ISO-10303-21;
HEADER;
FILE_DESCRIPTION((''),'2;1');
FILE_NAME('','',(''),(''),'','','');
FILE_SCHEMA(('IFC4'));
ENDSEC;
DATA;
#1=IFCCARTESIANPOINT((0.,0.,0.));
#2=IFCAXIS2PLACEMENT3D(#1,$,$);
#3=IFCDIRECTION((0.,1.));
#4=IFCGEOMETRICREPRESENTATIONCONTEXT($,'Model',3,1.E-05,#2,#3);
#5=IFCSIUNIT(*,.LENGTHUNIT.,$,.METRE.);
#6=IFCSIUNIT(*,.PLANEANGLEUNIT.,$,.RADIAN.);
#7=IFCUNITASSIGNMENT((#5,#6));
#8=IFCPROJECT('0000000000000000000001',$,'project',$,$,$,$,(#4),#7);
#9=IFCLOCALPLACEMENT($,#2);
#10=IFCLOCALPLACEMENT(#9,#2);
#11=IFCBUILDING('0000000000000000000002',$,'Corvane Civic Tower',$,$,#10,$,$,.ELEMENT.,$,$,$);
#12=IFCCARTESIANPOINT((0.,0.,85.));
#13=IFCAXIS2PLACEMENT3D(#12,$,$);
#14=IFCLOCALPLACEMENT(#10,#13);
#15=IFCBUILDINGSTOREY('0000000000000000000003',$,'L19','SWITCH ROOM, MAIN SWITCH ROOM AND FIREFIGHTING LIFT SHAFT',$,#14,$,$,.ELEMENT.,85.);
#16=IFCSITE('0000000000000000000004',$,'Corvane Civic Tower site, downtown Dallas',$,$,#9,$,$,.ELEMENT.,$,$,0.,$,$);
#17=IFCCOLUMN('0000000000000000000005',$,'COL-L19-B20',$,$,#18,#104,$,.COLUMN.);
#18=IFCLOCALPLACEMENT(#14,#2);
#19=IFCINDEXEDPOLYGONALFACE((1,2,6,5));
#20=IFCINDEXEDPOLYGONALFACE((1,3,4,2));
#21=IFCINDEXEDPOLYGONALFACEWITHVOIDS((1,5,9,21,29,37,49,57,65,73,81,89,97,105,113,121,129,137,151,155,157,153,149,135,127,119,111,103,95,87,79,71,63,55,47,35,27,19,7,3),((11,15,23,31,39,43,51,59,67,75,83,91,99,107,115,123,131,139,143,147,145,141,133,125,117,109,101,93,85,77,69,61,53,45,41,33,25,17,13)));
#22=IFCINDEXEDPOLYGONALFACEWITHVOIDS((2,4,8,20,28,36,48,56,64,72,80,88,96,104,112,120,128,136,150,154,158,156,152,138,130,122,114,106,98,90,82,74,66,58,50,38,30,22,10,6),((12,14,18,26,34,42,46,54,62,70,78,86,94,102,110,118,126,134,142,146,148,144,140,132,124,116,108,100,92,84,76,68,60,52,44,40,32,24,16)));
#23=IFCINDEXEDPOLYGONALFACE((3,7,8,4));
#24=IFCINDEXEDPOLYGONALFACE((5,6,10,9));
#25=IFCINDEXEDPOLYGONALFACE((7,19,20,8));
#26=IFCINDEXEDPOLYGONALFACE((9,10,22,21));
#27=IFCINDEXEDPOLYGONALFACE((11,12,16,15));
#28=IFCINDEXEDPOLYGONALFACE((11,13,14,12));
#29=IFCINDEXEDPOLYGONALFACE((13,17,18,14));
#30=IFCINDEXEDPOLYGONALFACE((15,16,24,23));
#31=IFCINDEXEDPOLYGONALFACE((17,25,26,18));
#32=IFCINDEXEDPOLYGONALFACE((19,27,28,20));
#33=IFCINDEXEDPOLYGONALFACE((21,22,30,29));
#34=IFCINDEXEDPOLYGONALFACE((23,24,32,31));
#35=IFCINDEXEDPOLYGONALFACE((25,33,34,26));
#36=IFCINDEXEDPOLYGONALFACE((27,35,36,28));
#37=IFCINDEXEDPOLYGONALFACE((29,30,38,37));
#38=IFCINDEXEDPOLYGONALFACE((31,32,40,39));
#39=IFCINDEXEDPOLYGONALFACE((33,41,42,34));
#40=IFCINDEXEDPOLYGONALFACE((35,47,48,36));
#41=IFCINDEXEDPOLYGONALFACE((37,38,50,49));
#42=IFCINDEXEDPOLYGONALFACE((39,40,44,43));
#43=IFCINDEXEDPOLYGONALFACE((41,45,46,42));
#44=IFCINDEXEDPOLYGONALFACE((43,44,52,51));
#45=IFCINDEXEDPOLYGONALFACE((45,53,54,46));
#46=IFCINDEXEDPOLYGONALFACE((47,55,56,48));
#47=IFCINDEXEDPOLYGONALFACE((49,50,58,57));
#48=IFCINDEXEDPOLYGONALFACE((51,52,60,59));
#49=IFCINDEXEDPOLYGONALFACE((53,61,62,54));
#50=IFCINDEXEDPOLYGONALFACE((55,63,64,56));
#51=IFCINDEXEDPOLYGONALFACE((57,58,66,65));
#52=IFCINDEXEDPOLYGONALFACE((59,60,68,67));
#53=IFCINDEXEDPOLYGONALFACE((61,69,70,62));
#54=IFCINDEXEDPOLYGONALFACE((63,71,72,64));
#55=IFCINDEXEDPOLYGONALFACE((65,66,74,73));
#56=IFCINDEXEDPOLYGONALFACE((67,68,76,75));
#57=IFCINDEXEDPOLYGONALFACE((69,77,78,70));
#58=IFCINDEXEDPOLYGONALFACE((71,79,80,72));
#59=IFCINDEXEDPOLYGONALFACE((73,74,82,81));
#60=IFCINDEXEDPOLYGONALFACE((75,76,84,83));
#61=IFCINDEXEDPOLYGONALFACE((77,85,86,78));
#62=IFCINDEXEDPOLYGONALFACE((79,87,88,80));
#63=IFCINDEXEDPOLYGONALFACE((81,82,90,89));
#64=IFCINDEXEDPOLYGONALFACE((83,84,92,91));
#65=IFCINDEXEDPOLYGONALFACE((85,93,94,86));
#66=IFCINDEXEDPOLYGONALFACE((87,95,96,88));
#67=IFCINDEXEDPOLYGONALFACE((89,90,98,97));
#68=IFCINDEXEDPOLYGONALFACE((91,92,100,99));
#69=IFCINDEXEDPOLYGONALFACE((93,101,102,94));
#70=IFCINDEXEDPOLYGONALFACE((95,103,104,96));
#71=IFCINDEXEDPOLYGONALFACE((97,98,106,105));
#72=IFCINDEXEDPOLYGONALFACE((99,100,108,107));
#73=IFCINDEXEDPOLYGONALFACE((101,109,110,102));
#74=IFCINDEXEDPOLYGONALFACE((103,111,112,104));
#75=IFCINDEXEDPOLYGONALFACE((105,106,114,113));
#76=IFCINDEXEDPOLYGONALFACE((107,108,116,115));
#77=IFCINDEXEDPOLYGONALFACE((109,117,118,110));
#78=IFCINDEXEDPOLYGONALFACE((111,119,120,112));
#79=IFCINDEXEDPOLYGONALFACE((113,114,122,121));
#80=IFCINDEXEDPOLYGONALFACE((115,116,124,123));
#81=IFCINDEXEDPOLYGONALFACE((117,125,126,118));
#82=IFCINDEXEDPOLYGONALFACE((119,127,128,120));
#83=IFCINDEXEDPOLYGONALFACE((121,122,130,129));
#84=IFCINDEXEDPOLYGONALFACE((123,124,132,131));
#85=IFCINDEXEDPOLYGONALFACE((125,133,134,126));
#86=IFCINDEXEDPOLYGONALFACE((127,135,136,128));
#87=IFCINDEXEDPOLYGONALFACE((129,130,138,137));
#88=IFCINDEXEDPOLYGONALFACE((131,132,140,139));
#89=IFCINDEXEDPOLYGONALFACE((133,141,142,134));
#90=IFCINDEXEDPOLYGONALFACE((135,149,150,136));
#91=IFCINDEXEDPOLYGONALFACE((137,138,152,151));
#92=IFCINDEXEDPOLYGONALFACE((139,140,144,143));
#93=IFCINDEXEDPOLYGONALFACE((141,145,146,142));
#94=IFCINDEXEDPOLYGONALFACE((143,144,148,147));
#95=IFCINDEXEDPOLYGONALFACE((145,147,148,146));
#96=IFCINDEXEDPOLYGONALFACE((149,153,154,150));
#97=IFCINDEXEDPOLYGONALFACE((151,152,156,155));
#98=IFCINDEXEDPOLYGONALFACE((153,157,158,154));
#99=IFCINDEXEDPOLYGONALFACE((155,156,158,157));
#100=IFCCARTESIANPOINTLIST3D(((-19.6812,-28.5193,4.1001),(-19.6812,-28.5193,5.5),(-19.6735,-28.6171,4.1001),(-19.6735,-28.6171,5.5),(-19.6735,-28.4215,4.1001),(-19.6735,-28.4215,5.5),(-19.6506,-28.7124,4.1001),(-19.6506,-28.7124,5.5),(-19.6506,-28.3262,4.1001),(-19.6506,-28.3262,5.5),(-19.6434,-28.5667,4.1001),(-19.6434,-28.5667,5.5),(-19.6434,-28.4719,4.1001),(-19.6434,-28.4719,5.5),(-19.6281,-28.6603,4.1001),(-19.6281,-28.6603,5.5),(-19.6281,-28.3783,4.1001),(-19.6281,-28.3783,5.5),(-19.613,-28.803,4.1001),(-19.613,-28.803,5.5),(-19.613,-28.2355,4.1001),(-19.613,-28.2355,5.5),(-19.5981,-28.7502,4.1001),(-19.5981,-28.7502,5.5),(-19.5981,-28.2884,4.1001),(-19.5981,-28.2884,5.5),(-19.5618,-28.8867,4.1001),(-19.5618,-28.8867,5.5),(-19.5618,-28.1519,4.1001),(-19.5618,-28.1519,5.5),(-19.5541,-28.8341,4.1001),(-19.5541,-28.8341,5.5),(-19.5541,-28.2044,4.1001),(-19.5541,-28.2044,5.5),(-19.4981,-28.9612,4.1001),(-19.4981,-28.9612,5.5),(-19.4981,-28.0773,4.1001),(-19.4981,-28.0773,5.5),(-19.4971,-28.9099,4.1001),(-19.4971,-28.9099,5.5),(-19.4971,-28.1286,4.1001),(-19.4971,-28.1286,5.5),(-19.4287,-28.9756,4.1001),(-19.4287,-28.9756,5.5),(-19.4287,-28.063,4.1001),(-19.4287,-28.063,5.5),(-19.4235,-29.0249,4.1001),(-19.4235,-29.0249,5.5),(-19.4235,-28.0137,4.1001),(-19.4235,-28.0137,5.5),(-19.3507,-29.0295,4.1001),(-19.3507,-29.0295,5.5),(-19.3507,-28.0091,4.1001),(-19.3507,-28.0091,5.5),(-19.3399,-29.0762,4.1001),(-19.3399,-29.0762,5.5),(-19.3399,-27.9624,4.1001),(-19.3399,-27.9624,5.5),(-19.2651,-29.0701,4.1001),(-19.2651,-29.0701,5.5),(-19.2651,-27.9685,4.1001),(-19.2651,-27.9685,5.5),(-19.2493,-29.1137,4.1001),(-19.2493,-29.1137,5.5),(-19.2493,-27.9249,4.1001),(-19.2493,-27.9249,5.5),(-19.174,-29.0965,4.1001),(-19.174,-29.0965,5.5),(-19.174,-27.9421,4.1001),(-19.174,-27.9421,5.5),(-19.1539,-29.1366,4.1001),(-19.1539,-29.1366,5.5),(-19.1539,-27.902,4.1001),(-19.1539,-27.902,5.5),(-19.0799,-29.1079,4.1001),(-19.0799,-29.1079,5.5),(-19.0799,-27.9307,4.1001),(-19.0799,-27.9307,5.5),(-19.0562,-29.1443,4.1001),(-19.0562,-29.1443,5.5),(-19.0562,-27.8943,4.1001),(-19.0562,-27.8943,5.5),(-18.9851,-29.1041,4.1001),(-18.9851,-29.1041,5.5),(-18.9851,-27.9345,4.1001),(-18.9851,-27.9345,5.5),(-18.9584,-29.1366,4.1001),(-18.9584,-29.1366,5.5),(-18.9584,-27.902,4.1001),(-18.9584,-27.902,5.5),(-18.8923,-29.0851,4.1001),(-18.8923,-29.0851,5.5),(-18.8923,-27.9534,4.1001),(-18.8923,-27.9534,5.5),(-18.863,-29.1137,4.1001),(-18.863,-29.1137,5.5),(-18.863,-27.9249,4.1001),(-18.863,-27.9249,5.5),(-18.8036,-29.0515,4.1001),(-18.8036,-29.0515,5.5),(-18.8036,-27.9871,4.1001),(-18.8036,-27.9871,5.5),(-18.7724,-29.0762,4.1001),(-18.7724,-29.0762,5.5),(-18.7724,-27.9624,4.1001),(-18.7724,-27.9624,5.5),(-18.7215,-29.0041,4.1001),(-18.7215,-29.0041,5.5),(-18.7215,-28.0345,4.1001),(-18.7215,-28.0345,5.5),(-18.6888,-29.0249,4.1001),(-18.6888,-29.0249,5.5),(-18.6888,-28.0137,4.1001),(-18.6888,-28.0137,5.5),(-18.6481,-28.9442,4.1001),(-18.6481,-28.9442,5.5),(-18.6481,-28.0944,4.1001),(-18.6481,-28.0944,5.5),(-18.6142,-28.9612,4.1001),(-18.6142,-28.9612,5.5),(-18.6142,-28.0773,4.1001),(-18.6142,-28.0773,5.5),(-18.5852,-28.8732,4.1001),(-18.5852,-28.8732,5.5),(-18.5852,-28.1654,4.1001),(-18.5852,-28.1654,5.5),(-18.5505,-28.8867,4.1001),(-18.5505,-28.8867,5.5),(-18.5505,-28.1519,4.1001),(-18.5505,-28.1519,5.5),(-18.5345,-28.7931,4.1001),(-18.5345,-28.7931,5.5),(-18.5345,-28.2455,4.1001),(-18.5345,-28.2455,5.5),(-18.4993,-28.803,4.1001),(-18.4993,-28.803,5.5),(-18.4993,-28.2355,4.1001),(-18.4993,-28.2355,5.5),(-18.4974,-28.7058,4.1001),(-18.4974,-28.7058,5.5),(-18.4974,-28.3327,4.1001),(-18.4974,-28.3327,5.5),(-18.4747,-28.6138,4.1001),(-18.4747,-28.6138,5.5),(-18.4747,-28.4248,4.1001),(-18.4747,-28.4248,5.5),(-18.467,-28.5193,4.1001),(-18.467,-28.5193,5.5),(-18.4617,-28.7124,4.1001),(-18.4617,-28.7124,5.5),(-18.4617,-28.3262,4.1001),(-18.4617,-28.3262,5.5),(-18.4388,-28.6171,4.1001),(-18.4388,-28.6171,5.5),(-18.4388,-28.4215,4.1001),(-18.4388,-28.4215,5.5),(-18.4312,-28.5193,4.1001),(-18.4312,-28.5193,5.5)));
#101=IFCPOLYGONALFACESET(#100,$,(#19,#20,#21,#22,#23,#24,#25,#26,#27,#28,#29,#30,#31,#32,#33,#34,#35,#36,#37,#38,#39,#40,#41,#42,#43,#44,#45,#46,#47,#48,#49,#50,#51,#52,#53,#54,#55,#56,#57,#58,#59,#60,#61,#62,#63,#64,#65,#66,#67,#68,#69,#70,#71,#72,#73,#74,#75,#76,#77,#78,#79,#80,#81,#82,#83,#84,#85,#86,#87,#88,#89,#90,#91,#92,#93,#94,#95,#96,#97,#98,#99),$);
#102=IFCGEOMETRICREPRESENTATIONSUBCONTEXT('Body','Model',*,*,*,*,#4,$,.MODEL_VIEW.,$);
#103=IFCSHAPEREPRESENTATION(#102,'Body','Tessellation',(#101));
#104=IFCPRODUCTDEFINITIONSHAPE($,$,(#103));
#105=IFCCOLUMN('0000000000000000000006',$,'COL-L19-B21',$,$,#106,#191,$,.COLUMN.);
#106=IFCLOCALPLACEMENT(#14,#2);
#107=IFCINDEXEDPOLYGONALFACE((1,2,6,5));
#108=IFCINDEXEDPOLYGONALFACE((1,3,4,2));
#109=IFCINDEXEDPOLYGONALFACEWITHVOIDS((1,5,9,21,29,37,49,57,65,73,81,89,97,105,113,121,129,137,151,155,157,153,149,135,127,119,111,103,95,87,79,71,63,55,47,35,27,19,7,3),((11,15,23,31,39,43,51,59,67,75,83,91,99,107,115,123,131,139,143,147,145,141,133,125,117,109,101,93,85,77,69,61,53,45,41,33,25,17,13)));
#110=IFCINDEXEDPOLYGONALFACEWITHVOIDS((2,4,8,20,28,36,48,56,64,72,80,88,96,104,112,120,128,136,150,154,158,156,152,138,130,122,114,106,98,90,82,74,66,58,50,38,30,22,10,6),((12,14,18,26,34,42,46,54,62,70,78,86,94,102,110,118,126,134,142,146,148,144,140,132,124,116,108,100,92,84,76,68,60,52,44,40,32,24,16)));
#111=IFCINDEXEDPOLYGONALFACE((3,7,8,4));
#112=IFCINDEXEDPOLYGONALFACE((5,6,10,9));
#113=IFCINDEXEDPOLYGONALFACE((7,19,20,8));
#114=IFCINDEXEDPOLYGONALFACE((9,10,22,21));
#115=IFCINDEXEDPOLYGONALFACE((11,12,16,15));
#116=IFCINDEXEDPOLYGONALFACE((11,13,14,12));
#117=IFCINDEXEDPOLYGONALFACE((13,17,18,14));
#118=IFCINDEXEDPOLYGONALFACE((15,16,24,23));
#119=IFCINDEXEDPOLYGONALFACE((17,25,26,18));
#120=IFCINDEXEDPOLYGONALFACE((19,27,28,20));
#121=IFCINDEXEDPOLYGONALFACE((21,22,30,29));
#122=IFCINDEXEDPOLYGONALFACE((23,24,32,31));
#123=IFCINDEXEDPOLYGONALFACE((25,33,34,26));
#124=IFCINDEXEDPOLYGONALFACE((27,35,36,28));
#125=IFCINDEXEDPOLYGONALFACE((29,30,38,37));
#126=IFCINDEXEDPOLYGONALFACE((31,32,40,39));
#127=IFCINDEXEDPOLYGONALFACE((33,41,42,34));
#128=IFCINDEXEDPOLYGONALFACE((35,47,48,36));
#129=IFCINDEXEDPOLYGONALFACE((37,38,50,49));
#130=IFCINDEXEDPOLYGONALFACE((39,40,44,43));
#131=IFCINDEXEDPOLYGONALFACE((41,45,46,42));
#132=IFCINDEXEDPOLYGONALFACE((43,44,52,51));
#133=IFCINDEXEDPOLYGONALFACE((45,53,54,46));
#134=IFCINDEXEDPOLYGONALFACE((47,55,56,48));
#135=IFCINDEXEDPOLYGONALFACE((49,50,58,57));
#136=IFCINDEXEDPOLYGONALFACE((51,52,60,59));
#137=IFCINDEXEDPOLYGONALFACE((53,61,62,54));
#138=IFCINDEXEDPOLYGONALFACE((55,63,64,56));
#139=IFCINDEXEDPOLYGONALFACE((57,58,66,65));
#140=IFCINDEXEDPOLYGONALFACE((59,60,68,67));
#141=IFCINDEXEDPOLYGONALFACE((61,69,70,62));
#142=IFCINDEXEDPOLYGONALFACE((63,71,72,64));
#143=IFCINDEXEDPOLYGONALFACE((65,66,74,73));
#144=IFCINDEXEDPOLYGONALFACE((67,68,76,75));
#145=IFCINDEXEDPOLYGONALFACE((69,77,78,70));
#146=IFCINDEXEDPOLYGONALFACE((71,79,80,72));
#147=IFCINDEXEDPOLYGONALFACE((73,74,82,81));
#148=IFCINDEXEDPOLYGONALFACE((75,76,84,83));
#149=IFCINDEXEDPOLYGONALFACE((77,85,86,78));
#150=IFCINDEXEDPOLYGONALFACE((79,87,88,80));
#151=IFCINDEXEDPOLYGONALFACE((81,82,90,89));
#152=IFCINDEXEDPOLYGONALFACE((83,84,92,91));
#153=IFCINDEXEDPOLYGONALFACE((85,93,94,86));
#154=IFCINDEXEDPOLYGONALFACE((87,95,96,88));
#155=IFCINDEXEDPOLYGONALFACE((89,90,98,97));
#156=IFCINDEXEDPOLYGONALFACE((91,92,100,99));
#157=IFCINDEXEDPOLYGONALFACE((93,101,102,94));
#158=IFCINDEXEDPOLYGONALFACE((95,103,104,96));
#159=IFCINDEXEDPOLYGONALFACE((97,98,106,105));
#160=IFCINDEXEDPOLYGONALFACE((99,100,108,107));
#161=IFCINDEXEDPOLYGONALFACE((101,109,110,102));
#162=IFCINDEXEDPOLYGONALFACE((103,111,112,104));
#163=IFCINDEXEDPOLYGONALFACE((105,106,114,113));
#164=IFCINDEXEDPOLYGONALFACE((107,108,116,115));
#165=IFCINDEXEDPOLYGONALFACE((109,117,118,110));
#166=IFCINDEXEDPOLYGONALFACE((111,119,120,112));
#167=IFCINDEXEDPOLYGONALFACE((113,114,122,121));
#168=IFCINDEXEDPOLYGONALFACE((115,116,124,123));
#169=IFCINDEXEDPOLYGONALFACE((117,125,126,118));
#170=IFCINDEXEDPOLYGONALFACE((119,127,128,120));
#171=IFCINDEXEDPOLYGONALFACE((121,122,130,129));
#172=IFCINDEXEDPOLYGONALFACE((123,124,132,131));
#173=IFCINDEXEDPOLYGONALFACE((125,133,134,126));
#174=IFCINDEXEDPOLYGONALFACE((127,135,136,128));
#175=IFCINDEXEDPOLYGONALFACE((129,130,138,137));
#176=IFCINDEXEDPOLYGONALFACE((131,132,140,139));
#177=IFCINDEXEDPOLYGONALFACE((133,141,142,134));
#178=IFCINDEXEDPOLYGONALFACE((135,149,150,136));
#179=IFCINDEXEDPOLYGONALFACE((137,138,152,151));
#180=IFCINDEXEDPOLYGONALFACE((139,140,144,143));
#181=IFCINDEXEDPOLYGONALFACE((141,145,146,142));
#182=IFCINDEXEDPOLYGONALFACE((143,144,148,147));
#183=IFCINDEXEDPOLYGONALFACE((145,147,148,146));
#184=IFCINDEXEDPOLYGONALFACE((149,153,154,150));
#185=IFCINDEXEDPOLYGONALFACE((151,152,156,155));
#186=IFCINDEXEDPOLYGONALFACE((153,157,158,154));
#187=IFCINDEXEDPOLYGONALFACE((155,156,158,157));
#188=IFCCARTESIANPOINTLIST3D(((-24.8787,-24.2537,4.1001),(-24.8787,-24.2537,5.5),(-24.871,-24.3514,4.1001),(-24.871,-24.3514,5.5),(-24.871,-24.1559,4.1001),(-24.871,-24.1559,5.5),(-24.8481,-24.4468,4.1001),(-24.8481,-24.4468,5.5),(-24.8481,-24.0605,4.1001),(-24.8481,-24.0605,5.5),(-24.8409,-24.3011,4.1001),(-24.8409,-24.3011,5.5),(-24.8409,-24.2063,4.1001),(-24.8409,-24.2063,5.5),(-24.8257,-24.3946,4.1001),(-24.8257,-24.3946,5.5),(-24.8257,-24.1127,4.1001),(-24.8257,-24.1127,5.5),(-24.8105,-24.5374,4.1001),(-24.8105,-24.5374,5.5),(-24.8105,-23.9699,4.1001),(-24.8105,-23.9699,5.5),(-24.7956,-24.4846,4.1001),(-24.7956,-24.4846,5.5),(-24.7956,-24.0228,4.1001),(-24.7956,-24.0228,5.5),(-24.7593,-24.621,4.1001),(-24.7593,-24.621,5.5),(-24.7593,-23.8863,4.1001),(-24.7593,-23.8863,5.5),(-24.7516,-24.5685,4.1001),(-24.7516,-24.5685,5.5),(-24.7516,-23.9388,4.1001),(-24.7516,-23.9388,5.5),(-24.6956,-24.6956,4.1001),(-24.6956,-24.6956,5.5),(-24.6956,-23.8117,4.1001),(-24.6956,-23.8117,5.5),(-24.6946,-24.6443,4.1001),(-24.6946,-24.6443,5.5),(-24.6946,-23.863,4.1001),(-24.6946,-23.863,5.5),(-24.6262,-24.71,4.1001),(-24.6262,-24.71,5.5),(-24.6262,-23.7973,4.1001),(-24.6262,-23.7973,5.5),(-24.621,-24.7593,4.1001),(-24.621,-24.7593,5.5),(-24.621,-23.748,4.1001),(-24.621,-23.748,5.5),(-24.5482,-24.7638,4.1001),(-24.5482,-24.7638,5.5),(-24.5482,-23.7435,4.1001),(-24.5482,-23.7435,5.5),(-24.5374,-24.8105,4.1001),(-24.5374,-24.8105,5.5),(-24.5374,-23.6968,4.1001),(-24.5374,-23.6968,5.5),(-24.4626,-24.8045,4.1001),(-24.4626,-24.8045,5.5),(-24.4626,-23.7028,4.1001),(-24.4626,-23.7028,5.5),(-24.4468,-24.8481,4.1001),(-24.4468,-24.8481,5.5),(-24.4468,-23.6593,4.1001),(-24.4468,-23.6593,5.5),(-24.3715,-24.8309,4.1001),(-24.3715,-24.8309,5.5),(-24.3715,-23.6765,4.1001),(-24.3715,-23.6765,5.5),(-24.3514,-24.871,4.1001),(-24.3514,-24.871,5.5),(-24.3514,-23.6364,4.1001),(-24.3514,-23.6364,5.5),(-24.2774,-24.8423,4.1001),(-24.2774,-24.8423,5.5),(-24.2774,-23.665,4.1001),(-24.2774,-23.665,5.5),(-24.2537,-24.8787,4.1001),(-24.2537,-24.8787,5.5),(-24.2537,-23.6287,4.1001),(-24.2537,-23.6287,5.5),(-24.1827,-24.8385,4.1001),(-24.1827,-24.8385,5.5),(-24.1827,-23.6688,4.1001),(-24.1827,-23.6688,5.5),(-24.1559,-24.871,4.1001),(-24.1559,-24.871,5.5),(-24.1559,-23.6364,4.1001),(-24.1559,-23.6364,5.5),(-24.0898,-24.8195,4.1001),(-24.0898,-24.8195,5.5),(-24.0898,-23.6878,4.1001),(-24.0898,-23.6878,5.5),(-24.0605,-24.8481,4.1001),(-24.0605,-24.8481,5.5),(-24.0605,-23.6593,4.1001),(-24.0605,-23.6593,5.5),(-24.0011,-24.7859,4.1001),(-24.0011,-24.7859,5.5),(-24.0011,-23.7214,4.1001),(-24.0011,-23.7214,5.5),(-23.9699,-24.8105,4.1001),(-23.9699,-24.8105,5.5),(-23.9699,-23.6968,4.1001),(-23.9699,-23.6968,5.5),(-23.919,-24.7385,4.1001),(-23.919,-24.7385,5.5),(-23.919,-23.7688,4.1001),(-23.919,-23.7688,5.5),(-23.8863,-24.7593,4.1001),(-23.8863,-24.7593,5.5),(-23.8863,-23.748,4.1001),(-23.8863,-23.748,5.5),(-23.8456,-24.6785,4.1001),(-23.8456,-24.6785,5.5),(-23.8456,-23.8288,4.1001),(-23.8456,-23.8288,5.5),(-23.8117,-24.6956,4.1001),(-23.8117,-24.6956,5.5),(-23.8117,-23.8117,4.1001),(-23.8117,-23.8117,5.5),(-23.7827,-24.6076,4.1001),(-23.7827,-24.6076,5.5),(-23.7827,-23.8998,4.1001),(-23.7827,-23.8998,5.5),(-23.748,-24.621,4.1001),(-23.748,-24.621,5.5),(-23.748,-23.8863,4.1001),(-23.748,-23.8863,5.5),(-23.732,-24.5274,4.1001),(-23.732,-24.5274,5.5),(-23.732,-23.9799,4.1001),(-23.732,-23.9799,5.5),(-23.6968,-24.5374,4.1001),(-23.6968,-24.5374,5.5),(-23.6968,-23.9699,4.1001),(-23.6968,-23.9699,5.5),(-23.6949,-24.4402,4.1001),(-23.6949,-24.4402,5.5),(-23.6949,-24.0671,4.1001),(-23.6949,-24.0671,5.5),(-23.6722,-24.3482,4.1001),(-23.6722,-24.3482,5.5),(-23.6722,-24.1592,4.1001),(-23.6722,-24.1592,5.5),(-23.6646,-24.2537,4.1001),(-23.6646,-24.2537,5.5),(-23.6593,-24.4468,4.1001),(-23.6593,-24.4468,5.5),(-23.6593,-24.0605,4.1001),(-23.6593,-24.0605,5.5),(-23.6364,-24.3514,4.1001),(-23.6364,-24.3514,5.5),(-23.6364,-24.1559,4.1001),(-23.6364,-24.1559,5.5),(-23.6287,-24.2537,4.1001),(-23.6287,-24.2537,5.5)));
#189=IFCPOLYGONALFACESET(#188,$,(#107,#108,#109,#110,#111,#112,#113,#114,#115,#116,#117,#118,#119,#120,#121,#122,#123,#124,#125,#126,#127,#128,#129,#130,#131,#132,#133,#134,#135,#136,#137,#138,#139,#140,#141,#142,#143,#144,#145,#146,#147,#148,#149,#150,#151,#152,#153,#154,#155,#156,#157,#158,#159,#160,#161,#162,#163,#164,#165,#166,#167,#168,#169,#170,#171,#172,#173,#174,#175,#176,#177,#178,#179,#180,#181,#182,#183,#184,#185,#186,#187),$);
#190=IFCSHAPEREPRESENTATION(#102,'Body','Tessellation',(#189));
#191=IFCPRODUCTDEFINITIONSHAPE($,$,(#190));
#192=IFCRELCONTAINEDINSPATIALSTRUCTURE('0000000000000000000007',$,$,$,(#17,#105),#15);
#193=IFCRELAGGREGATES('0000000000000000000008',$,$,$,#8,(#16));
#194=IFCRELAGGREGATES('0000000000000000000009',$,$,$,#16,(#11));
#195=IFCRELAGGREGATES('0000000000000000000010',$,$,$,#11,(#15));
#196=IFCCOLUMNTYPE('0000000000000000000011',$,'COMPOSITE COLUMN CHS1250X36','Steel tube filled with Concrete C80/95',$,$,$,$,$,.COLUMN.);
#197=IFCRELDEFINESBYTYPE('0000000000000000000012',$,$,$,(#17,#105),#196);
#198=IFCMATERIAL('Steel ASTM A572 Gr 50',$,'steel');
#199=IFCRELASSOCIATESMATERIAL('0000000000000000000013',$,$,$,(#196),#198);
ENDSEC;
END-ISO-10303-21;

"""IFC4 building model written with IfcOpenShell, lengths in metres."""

from ifc_helpers import new_model, si_unit, direction, frame, origin, origin_2d, place, context, subcontext, project, spatial, hollow_circle, extrude, material, material_profile, profile_set, type_object, element, save


model = new_model("IFC4")

# Units and contexts
model_context = context("Model", 3, precision=1e-05, world=origin(), true_north=direction((0.0, 1.0)))
body_context = subcontext(model_context, "Body", "Model", "MODEL_VIEW")
ifc_project = project(units=[si_unit("LENGTHUNIT", "METRE"), si_unit("PLANEANGLEUNIT", "RADIAN")], contexts=[model_context])

# Site, building, storey
site_placement = place(None, origin())
site = spatial("IfcSite", under=ifc_project, at=site_placement, Name="Corvane Civic Tower site, downtown Dallas", CompositionType="ELEMENT", RefElevation=0.0)
building_placement = place(site_placement, origin())
building = spatial("IfcBuilding", under=site, at=building_placement, Name="Corvane Civic Tower", CompositionType="ELEMENT")
storey_placement = place(building_placement, frame((0.0, 0.0, 85.0)))
storey = spatial("IfcBuildingStorey", under=building, at=storey_placement, Name="L19", Description="SWITCH ROOM, MAIN SWITCH ROOM AND FIREFIGHTING LIFT SHAFT", CompositionType="ELEMENT", Elevation=85.0)

# Columns
ifc_material_1 = material(Name="Steel ASTM A572 Gr 50", Category="steel")
ifc_material_profile_1 = material_profile(ifc_material_1, hollow_circle(Radius=0.625, WallThickness=0.0359, at=origin_2d()), Name="CHS1250X36")
ifc_profile_set_1 = profile_set([ifc_material_profile_1], Name="Steel ASTM A572 Gr 50")
column_type_1 = type_object("IfcColumnType", Name="COMPOSITE COLUMN CHS1250X36", Description="Steel tube filled with Concrete C80/95", PredefinedType="COLUMN", material=ifc_profile_set_1)
for number, where, z_axis, x_axis, name in (
    (1, (-19.0562, -28.5193, 4.1001), (0.0, 0.0, 1.0), (1.0, 0.0, 0.0), "COL-L19-B20"),
    (2, (-24.2537, -24.2537, 4.1001), (0.0, 0.0, 1.0), (1.0, 0.0, 0.0), "COL-L19-B21"),
):
    element("IfcColumn", number, at=place(storey_placement, frame(where, z_axis=z_axis, x_axis=x_axis)), inside=storey, type_object=column_type_1, Name=name, PredefinedType="COLUMN", context=body_context, shape_type="SweptSolid", body=[
        extrude(hollow_circle(Radius=0.625, WallThickness=0.0359, at=origin_2d()), origin(), (0.0, 0.0, 1.0), 1.3999),
    ])

save(model, "model.ifc")
